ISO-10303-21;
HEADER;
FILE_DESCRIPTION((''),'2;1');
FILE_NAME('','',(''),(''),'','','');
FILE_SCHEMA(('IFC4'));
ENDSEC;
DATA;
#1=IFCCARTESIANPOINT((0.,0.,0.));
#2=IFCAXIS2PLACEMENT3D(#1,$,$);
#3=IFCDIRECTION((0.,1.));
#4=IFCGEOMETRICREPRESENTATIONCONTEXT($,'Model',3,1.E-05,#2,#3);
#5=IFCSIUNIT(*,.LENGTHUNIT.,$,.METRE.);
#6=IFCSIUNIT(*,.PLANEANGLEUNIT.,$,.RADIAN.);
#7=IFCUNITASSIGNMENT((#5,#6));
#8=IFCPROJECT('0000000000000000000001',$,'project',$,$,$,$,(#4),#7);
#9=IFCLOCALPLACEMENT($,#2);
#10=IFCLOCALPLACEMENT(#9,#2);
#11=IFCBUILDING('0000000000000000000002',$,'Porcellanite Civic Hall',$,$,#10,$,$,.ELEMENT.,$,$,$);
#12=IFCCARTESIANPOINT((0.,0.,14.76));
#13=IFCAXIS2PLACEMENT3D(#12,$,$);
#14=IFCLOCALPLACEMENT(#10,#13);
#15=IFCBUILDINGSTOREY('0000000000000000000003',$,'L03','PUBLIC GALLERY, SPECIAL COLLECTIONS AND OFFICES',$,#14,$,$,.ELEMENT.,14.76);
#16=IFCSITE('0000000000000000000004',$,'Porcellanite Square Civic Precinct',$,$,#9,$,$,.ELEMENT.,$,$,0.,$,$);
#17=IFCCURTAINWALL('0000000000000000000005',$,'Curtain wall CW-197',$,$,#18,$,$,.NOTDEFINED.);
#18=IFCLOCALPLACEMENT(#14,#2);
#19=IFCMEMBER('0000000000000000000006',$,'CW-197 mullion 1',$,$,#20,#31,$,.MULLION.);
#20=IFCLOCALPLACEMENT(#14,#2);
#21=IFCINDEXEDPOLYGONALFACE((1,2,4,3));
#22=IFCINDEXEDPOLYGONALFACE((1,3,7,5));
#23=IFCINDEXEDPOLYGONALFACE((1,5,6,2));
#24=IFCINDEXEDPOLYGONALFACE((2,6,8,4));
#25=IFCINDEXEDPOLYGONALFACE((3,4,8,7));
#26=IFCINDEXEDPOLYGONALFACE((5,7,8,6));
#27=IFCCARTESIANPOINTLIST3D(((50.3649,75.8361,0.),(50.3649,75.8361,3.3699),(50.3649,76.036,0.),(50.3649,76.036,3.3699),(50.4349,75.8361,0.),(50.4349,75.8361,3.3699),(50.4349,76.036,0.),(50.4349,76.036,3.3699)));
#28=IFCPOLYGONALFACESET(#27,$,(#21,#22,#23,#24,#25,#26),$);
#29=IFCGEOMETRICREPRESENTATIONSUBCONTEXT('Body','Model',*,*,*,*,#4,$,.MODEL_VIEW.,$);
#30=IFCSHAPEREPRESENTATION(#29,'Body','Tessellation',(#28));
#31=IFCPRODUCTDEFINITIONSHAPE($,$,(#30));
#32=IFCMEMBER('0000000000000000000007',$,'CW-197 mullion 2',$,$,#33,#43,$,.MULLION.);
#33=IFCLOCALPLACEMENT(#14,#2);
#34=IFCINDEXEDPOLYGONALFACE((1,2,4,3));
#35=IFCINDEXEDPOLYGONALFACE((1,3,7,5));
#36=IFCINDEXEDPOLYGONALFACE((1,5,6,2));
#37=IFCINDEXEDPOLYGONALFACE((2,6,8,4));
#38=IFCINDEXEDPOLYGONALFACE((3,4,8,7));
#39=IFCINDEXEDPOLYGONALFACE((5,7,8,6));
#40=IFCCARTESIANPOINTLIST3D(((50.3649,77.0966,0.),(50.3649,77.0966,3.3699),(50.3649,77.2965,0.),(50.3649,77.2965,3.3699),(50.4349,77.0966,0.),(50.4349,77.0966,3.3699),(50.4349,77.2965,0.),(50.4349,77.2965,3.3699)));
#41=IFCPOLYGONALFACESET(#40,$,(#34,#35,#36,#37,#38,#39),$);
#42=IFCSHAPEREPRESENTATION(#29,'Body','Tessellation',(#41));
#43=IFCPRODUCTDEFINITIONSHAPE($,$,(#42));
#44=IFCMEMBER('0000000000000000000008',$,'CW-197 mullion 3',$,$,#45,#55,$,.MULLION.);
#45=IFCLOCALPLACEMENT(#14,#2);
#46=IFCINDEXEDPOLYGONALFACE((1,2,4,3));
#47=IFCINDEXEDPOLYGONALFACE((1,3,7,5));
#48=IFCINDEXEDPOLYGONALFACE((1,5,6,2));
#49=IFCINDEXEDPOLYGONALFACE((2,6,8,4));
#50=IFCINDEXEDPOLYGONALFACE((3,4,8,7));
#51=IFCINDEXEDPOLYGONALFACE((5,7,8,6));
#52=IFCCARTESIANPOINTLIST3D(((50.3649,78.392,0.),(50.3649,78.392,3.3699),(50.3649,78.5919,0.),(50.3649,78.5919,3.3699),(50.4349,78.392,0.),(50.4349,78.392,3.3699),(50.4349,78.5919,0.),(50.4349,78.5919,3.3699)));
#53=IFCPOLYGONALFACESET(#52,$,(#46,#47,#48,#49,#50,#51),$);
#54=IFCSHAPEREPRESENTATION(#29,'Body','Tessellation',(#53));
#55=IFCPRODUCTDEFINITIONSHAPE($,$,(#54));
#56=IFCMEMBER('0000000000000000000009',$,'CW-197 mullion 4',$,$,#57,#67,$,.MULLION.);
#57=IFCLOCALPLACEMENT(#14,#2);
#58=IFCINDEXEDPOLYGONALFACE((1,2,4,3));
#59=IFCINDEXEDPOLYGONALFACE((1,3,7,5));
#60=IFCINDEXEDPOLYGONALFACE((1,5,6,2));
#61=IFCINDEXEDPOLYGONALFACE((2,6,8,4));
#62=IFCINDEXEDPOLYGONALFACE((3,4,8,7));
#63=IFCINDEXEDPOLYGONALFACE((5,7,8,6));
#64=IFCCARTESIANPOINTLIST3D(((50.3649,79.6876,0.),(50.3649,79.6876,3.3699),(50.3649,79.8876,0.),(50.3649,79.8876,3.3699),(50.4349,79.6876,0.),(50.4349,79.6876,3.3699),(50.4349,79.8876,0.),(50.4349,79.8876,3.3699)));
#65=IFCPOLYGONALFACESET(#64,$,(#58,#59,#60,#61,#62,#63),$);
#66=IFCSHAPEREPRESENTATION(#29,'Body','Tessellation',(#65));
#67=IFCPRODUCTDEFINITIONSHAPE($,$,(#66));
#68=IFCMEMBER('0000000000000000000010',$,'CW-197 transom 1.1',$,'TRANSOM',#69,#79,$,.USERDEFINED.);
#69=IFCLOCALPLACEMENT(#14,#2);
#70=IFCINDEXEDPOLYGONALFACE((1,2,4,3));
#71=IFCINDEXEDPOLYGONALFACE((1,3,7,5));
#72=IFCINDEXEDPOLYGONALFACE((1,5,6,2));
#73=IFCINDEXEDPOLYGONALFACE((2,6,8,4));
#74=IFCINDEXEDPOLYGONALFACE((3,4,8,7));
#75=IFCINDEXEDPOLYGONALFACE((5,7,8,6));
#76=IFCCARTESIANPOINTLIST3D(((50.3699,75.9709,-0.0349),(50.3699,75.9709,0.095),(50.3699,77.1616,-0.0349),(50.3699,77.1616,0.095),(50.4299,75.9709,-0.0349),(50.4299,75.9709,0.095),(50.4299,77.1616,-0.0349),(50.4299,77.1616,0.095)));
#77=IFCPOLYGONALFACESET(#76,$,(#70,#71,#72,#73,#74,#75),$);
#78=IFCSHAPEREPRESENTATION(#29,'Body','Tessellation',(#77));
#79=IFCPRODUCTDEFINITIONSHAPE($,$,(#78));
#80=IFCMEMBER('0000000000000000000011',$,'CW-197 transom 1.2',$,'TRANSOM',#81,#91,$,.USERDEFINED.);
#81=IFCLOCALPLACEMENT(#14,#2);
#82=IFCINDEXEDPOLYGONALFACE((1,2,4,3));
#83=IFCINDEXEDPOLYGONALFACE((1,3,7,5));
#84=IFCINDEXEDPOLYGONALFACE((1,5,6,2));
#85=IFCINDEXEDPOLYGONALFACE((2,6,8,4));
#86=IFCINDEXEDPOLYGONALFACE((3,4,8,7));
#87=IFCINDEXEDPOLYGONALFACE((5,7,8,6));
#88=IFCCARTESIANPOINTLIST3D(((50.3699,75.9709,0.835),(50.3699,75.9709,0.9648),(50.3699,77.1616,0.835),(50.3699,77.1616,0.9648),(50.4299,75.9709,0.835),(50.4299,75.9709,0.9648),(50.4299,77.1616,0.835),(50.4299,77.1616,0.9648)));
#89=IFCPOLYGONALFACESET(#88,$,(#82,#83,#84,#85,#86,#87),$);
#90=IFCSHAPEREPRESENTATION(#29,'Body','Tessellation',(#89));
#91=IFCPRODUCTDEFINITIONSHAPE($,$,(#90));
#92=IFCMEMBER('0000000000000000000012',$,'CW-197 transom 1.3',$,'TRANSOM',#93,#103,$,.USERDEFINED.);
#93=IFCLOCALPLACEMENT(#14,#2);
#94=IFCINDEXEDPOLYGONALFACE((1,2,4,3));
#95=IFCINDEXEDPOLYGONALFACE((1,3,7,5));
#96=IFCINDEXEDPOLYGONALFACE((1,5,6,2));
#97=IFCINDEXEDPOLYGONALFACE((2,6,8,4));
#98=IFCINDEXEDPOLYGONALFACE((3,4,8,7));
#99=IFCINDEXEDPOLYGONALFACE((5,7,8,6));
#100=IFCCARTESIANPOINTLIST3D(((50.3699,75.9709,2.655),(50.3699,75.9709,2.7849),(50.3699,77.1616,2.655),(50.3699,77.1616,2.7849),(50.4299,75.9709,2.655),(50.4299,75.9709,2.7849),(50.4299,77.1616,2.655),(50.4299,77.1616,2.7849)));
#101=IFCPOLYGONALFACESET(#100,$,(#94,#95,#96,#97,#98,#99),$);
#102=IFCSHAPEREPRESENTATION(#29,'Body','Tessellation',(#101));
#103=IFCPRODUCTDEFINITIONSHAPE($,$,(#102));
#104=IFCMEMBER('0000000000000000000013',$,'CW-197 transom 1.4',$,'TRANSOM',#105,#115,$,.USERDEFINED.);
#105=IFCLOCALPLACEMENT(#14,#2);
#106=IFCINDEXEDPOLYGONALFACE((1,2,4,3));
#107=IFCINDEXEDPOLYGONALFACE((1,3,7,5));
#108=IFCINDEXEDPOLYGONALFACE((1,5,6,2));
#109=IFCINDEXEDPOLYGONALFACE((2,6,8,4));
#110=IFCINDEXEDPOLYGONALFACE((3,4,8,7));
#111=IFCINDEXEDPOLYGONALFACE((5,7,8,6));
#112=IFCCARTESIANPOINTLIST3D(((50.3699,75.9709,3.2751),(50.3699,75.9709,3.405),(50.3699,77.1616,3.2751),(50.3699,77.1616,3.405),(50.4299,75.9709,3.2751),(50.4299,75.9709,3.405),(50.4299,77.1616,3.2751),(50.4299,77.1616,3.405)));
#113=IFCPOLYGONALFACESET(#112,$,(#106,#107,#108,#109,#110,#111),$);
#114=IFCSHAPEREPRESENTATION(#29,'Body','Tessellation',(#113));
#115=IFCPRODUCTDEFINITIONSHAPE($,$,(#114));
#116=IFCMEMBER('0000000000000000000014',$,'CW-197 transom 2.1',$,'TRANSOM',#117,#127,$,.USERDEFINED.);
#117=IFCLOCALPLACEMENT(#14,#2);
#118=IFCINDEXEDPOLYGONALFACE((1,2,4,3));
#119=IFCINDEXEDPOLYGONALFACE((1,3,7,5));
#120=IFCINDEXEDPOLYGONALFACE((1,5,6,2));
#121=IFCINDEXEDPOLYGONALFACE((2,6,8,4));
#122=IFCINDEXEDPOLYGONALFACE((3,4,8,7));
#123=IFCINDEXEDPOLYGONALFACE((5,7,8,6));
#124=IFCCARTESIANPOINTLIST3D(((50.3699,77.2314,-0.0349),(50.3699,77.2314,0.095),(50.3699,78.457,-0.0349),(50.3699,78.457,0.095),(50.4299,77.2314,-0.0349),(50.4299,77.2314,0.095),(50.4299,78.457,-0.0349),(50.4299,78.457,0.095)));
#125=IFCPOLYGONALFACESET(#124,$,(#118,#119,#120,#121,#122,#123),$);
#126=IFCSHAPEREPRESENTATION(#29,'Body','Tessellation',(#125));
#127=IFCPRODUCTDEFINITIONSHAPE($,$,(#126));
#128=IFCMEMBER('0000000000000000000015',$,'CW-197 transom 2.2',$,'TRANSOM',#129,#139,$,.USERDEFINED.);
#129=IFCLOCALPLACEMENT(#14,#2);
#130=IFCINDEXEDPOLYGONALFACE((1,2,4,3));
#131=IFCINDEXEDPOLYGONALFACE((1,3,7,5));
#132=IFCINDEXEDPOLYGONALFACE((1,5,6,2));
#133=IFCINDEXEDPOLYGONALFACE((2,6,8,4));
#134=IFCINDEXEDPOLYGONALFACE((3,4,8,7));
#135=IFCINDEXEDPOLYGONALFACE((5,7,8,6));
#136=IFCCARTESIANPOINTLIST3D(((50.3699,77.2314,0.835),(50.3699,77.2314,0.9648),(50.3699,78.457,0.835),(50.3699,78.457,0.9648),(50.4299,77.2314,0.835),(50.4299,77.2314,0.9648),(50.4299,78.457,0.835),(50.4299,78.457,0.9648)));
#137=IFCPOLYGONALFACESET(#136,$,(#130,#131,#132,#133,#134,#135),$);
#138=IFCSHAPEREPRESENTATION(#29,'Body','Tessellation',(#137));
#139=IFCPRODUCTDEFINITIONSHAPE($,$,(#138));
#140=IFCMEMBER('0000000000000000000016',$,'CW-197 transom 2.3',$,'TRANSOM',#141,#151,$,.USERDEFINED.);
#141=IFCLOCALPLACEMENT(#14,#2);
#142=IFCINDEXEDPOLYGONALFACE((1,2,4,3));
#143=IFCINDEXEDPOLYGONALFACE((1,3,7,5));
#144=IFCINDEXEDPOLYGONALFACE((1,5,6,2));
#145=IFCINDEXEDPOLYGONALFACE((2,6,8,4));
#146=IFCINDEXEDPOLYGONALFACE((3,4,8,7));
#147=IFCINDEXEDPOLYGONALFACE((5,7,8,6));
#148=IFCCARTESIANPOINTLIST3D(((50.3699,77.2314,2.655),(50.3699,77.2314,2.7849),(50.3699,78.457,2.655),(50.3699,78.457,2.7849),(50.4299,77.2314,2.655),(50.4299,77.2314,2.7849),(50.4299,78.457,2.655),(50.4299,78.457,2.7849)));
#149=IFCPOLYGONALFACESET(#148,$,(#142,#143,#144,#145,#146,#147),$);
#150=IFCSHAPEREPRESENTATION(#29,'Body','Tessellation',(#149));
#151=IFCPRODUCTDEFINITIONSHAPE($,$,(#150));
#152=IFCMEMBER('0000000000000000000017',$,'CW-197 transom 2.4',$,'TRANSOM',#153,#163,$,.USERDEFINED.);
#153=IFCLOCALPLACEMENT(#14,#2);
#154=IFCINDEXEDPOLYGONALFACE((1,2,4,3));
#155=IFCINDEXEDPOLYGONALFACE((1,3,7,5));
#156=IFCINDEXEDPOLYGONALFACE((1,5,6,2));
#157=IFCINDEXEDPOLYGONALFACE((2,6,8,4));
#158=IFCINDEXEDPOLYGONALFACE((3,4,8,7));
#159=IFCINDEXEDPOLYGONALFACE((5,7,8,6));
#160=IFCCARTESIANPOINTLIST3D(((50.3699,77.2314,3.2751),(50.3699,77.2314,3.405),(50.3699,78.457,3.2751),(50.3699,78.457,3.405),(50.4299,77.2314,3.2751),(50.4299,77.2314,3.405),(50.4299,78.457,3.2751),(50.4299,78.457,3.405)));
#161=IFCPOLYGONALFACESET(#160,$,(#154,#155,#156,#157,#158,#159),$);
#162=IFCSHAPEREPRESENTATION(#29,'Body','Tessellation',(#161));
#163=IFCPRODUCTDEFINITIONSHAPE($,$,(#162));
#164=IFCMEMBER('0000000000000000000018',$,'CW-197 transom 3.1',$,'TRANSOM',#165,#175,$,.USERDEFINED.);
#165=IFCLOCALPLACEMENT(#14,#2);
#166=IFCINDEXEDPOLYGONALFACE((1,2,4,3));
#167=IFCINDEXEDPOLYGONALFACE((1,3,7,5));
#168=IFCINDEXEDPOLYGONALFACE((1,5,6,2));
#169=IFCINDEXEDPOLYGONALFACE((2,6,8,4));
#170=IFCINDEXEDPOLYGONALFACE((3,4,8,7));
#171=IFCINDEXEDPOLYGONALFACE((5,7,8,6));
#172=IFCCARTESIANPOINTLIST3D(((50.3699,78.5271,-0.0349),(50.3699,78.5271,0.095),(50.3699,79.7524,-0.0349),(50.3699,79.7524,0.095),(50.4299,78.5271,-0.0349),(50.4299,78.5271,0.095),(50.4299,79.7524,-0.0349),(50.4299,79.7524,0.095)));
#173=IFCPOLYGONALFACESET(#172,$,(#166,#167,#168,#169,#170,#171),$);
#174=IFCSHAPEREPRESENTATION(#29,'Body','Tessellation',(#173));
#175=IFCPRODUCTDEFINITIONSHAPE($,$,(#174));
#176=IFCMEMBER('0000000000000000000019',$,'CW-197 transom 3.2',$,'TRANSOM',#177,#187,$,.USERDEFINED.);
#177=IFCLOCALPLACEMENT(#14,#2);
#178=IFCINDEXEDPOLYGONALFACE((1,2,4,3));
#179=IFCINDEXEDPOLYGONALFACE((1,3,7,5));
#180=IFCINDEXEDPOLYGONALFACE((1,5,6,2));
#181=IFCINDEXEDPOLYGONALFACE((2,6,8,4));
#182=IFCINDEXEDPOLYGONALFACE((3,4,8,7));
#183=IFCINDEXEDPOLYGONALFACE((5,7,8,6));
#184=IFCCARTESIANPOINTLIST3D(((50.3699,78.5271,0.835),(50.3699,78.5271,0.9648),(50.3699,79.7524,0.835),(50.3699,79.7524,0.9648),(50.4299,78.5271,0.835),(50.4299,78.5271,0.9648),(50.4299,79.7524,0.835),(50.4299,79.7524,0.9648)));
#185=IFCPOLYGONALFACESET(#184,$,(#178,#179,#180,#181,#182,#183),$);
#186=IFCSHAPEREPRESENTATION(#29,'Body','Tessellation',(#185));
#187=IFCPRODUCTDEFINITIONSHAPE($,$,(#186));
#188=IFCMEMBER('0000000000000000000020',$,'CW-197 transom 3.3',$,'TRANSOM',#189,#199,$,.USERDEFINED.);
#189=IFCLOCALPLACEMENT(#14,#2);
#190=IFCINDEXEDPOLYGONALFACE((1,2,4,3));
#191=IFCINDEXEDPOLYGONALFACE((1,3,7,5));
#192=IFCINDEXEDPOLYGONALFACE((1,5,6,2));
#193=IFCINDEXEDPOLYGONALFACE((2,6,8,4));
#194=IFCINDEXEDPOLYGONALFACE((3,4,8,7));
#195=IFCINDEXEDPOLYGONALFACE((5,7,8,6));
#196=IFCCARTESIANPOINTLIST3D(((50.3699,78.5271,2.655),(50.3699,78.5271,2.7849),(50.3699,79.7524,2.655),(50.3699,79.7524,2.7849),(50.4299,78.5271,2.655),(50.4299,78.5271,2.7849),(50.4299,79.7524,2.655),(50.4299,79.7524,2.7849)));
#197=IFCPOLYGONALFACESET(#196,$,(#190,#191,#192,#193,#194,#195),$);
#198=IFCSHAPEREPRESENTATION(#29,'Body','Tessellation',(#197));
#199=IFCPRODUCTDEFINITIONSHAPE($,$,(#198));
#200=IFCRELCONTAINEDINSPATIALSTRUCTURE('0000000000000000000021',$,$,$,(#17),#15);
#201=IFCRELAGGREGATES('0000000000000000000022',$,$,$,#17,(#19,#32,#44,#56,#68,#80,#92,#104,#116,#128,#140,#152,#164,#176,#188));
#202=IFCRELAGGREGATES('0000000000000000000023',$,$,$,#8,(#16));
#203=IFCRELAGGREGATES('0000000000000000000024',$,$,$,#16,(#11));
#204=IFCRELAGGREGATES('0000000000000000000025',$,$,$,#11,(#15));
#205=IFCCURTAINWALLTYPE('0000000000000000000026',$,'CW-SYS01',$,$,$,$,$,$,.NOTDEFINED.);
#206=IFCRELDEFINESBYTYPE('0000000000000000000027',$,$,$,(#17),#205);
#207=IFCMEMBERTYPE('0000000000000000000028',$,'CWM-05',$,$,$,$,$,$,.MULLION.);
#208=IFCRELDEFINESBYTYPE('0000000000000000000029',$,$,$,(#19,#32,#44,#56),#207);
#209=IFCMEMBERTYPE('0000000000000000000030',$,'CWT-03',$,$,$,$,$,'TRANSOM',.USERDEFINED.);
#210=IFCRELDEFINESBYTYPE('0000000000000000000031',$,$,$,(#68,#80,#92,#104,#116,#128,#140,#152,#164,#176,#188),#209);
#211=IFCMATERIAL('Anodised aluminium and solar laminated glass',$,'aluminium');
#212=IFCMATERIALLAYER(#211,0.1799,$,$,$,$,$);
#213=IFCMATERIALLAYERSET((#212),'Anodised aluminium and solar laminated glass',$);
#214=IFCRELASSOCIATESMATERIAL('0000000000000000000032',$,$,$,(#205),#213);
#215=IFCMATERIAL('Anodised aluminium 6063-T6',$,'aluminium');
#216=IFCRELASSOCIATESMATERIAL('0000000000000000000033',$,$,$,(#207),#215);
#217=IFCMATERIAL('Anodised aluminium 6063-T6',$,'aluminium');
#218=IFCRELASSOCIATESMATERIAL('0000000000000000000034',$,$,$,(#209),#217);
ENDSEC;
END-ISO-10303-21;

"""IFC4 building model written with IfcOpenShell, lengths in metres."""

from ifc_helpers import new_model, si_unit, direction, frame, origin, origin_2d, place, context, subcontext, project, spatial, rectangle, extrude, material, layer, layer_set, material_profile, profile_set, type_object, element, aggregate, save


model = new_model("IFC4")

# Units and contexts
model_context = context("Model", 3, precision=1e-05, world=origin(), true_north=direction((0.0, 1.0)))
body_context = subcontext(model_context, "Body", "Model", "MODEL_VIEW")
ifc_project = project(units=[si_unit("LENGTHUNIT", "METRE"), si_unit("PLANEANGLEUNIT", "RADIAN")], contexts=[model_context])

# Site, building, storey
site_placement = place(None, origin())
site = spatial("IfcSite", under=ifc_project, at=site_placement, Name="Porcellanite Square Civic Precinct", CompositionType="ELEMENT", RefElevation=0.0)
building_placement = place(site_placement, origin())
building = spatial("IfcBuilding", under=site, at=building_placement, Name="Porcellanite Civic Hall", CompositionType="ELEMENT")
storey_placement = place(building_placement, frame((0.0, 0.0, 14.76)))
storey = spatial("IfcBuildingStorey", under=building, at=storey_placement, Name="L03", Description="PUBLIC GALLERY, SPECIAL COLLECTIONS AND OFFICES", CompositionType="ELEMENT", Elevation=14.76)

# Curtain wall, members
ifc_material_1 = material(Name="Anodised aluminium and solar laminated glass", Category="aluminium")
ifc_layer_1 = layer(ifc_material_1, 0.1799)
ifc_layer_set_1 = layer_set([ifc_layer_1], Name="Anodised aluminium and solar laminated glass")
curtain_wall_type = type_object("IfcCurtainWallType", Name="CW-SYS01", PredefinedType="NOTDEFINED", material=ifc_layer_set_1)
curtain_wall_placement = place(storey_placement, origin())
curtain_wall = element("IfcCurtainWall", 1, at=curtain_wall_placement, inside=storey, type_object=curtain_wall_type, Name="Curtain wall CW-197", PredefinedType="NOTDEFINED")
ifc_material_2 = material(Name="Anodised aluminium 6063-T6", Category="aluminium")
ifc_material_profile_1 = material_profile(ifc_material_2, rectangle(XDim=0.0701, YDim=0.2, at=origin_2d()), Name="AL-70x200")
ifc_profile_set_1 = profile_set([ifc_material_profile_1], Name="Anodised aluminium 6063-T6")
member_type_1 = type_object("IfcMemberType", Name="CWM-05", PredefinedType="MULLION", material=ifc_profile_set_1)
member_1_placement = place(storey_placement, frame((50.3999, 75.936, 0.0), z_axis=(0.0, 0.0, 1.0), x_axis=(-1.0, 0.0, 0.0)))
member_1 = element("IfcMember", 2, at=member_1_placement, type_object=member_type_1, Name="CW-197 mullion 1", PredefinedType="MULLION", context=body_context, shape_type="SweptSolid", body=[
    extrude(rectangle(XDim=0.0701, YDim=0.2, at=origin_2d()), origin(), (0.0, 0.0, 1.0), 3.3699),
])
member_2_placement = place(storey_placement, frame((50.3999, 77.1965, 0.0), z_axis=(0.0, 0.0, 1.0), x_axis=(-1.0, 0.0, 0.0)))
member_2 = element("IfcMember", 3, at=member_2_placement, type_object=member_type_1, Name="CW-197 mullion 2", PredefinedType="MULLION", context=body_context, shape_type="SweptSolid", body=[
    extrude(rectangle(XDim=0.0701, YDim=0.2, at=origin_2d()), origin(), (0.0, 0.0, 1.0), 3.3699),
])
member_3_placement = place(storey_placement, frame((50.3999, 78.4919, 0.0), z_axis=(0.0, 0.0, 1.0), x_axis=(-1.0, 0.0, 0.0)))
member_3 = element("IfcMember", 4, at=member_3_placement, type_object=member_type_1, Name="CW-197 mullion 3", PredefinedType="MULLION", context=body_context, shape_type="SweptSolid", body=[
    extrude(rectangle(XDim=0.0701, YDim=0.2, at=origin_2d()), origin(), (0.0, 0.0, 1.0), 3.3699),
])
member_4_placement = place(storey_placement, frame((50.3999, 79.7876, 0.0), z_axis=(0.0, 0.0, 1.0), x_axis=(-1.0, 0.0, 0.0)))
member_4 = element("IfcMember", 5, at=member_4_placement, type_object=member_type_1, Name="CW-197 mullion 4", PredefinedType="MULLION", context=body_context, shape_type="SweptSolid", body=[
    extrude(rectangle(XDim=0.0701, YDim=0.2, at=origin_2d()), origin(), (0.0, 0.0, 1.0), 3.3699),
])
ifc_material_3 = material(Name="Anodised aluminium 6063-T6", Category="aluminium")
ifc_material_profile_2 = material_profile(ifc_material_3, rectangle(XDim=0.0601, YDim=0.1299, at=origin_2d()), Name="AL-60x130")
ifc_profile_set_2 = profile_set([ifc_material_profile_2], Name="Anodised aluminium 6063-T6")
member_type_2 = type_object("IfcMemberType", Name="CWT-03", ElementType="TRANSOM", PredefinedType="USERDEFINED", material=ifc_profile_set_2)
member_5_placement = place(storey_placement, frame((50.3999, 75.9709, 0.03), z_axis=(0.0, 1.0, 0.0), x_axis=(-1.0, 0.0, 0.0)))
member_5 = element("IfcMember", 6, at=member_5_placement, type_object=member_type_2, Name="CW-197 transom 1.1", ObjectType="TRANSOM", PredefinedType="USERDEFINED", context=body_context, shape_type="SweptSolid", body=[
    extrude(rectangle(XDim=0.0601, YDim=0.1299, at=origin_2d()), origin(), (0.0, 0.0, 1.0), 1.1907),
])
member_6_placement = place(storey_placement, frame((50.3999, 75.9709, 0.8999), z_axis=(0.0, 1.0, 0.0), x_axis=(-1.0, 0.0, 0.0)))
member_6 = element("IfcMember", 7, at=member_6_placement, type_object=member_type_2, Name="CW-197 transom 1.2", ObjectType="TRANSOM", PredefinedType="USERDEFINED", context=body_context, shape_type="SweptSolid", body=[
    extrude(rectangle(XDim=0.0601, YDim=0.1299, at=origin_2d()), origin(), (0.0, 0.0, 1.0), 1.1907),
])
member_7_placement = place(storey_placement, frame((50.3999, 75.9709, 2.72), z_axis=(0.0, 1.0, 0.0), x_axis=(-1.0, 0.0, 0.0)))
member_7 = element("IfcMember", 8, at=member_7_placement, type_object=member_type_2, Name="CW-197 transom 1.3", ObjectType="TRANSOM", PredefinedType="USERDEFINED", context=body_context, shape_type="SweptSolid", body=[
    extrude(rectangle(XDim=0.0601, YDim=0.1299, at=origin_2d()), origin(), (0.0, 0.0, 1.0), 1.1907),
])
member_8_placement = place(storey_placement, frame((50.3999, 75.9709, 3.3401), z_axis=(0.0, 1.0, 0.0), x_axis=(-1.0, 0.0, 0.0)))
member_8 = element("IfcMember", 9, at=member_8_placement, type_object=member_type_2, Name="CW-197 transom 1.4", ObjectType="TRANSOM", PredefinedType="USERDEFINED", context=body_context, shape_type="SweptSolid", body=[
    extrude(rectangle(XDim=0.0601, YDim=0.1299, at=origin_2d()), origin(), (0.0, 0.0, 1.0), 1.1907),
])
member_9_placement = place(storey_placement, frame((50.3999, 77.2314, 0.03), z_axis=(0.0, 1.0, 0.0), x_axis=(-1.0, 0.0, 0.0)))
member_9 = element("IfcMember", 10, at=member_9_placement, type_object=member_type_2, Name="CW-197 transom 2.1", ObjectType="TRANSOM", PredefinedType="USERDEFINED", context=body_context, shape_type="SweptSolid", body=[
    extrude(rectangle(XDim=0.0601, YDim=0.1299, at=origin_2d()), origin(), (0.0, 0.0, 1.0), 1.2256),
])
member_10_placement = place(storey_placement, frame((50.3999, 77.2314, 0.8999), z_axis=(0.0, 1.0, 0.0), x_axis=(-1.0, 0.0, 0.0)))
member_10 = element("IfcMember", 11, at=member_10_placement, type_object=member_type_2, Name="CW-197 transom 2.2", ObjectType="TRANSOM", PredefinedType="USERDEFINED", context=body_context, shape_type="SweptSolid", body=[
    extrude(rectangle(XDim=0.0601, YDim=0.1299, at=origin_2d()), origin(), (0.0, 0.0, 1.0), 1.2256),
])
member_11_placement = place(storey_placement, frame((50.3999, 77.2314, 2.72), z_axis=(0.0, 1.0, 0.0), x_axis=(-1.0, 0.0, 0.0)))
member_11 = element("IfcMember", 12, at=member_11_placement, type_object=member_type_2, Name="CW-197 transom 2.3", ObjectType="TRANSOM", PredefinedType="USERDEFINED", context=body_context, shape_type="SweptSolid", body=[
    extrude(rectangle(XDim=0.0601, YDim=0.1299, at=origin_2d()), origin(), (0.0, 0.0, 1.0), 1.2256),
])
member_12_placement = place(storey_placement, frame((50.3999, 77.2314, 3.3401), z_axis=(0.0, 1.0, 0.0), x_axis=(-1.0, 0.0, 0.0)))
member_12 = element("IfcMember", 13, at=member_12_placement, type_object=member_type_2, Name="CW-197 transom 2.4", ObjectType="TRANSOM", PredefinedType="USERDEFINED", context=body_context, shape_type="SweptSolid", body=[
    extrude(rectangle(XDim=0.0601, YDim=0.1299, at=origin_2d()), origin(), (0.0, 0.0, 1.0), 1.2256),
])
member_13_placement = place(storey_placement, frame((50.3999, 78.5271, 0.03), z_axis=(0.0, 1.0, 0.0), x_axis=(-1.0, 0.0, 0.0)))
member_13 = element("IfcMember", 14, at=member_13_placement, type_object=member_type_2, Name="CW-197 transom 3.1", ObjectType="TRANSOM", PredefinedType="USERDEFINED", context=body_context, shape_type="SweptSolid", body=[
    extrude(rectangle(XDim=0.0601, YDim=0.1299, at=origin_2d()), origin(), (0.0, 0.0, 1.0), 1.2253),
])
member_14_placement = place(storey_placement, frame((50.3999, 78.5271, 0.8999), z_axis=(0.0, 1.0, 0.0), x_axis=(-1.0, 0.0, 0.0)))
member_14 = element("IfcMember", 15, at=member_14_placement, type_object=member_type_2, Name="CW-197 transom 3.2", ObjectType="TRANSOM", PredefinedType="USERDEFINED", context=body_context, shape_type="SweptSolid", body=[
    extrude(rectangle(XDim=0.0601, YDim=0.1299, at=origin_2d()), origin(), (0.0, 0.0, 1.0), 1.2253),
])
member_15_placement = place(storey_placement, frame((50.3999, 78.5271, 2.72), z_axis=(0.0, 1.0, 0.0), x_axis=(-1.0, 0.0, 0.0)))
member_15 = element("IfcMember", 16, at=member_15_placement, type_object=member_type_2, Name="CW-197 transom 3.3", ObjectType="TRANSOM", PredefinedType="USERDEFINED", context=body_context, shape_type="SweptSolid", body=[
    extrude(rectangle(XDim=0.0601, YDim=0.1299, at=origin_2d()), origin(), (0.0, 0.0, 1.0), 1.2253),
])
aggregate(curtain_wall, [member_1, member_2, member_3, member_4, member_5, member_6, member_7, member_8, member_9, member_10, member_11, member_12, member_13, member_14, member_15])

save(model, "model.ifc")
